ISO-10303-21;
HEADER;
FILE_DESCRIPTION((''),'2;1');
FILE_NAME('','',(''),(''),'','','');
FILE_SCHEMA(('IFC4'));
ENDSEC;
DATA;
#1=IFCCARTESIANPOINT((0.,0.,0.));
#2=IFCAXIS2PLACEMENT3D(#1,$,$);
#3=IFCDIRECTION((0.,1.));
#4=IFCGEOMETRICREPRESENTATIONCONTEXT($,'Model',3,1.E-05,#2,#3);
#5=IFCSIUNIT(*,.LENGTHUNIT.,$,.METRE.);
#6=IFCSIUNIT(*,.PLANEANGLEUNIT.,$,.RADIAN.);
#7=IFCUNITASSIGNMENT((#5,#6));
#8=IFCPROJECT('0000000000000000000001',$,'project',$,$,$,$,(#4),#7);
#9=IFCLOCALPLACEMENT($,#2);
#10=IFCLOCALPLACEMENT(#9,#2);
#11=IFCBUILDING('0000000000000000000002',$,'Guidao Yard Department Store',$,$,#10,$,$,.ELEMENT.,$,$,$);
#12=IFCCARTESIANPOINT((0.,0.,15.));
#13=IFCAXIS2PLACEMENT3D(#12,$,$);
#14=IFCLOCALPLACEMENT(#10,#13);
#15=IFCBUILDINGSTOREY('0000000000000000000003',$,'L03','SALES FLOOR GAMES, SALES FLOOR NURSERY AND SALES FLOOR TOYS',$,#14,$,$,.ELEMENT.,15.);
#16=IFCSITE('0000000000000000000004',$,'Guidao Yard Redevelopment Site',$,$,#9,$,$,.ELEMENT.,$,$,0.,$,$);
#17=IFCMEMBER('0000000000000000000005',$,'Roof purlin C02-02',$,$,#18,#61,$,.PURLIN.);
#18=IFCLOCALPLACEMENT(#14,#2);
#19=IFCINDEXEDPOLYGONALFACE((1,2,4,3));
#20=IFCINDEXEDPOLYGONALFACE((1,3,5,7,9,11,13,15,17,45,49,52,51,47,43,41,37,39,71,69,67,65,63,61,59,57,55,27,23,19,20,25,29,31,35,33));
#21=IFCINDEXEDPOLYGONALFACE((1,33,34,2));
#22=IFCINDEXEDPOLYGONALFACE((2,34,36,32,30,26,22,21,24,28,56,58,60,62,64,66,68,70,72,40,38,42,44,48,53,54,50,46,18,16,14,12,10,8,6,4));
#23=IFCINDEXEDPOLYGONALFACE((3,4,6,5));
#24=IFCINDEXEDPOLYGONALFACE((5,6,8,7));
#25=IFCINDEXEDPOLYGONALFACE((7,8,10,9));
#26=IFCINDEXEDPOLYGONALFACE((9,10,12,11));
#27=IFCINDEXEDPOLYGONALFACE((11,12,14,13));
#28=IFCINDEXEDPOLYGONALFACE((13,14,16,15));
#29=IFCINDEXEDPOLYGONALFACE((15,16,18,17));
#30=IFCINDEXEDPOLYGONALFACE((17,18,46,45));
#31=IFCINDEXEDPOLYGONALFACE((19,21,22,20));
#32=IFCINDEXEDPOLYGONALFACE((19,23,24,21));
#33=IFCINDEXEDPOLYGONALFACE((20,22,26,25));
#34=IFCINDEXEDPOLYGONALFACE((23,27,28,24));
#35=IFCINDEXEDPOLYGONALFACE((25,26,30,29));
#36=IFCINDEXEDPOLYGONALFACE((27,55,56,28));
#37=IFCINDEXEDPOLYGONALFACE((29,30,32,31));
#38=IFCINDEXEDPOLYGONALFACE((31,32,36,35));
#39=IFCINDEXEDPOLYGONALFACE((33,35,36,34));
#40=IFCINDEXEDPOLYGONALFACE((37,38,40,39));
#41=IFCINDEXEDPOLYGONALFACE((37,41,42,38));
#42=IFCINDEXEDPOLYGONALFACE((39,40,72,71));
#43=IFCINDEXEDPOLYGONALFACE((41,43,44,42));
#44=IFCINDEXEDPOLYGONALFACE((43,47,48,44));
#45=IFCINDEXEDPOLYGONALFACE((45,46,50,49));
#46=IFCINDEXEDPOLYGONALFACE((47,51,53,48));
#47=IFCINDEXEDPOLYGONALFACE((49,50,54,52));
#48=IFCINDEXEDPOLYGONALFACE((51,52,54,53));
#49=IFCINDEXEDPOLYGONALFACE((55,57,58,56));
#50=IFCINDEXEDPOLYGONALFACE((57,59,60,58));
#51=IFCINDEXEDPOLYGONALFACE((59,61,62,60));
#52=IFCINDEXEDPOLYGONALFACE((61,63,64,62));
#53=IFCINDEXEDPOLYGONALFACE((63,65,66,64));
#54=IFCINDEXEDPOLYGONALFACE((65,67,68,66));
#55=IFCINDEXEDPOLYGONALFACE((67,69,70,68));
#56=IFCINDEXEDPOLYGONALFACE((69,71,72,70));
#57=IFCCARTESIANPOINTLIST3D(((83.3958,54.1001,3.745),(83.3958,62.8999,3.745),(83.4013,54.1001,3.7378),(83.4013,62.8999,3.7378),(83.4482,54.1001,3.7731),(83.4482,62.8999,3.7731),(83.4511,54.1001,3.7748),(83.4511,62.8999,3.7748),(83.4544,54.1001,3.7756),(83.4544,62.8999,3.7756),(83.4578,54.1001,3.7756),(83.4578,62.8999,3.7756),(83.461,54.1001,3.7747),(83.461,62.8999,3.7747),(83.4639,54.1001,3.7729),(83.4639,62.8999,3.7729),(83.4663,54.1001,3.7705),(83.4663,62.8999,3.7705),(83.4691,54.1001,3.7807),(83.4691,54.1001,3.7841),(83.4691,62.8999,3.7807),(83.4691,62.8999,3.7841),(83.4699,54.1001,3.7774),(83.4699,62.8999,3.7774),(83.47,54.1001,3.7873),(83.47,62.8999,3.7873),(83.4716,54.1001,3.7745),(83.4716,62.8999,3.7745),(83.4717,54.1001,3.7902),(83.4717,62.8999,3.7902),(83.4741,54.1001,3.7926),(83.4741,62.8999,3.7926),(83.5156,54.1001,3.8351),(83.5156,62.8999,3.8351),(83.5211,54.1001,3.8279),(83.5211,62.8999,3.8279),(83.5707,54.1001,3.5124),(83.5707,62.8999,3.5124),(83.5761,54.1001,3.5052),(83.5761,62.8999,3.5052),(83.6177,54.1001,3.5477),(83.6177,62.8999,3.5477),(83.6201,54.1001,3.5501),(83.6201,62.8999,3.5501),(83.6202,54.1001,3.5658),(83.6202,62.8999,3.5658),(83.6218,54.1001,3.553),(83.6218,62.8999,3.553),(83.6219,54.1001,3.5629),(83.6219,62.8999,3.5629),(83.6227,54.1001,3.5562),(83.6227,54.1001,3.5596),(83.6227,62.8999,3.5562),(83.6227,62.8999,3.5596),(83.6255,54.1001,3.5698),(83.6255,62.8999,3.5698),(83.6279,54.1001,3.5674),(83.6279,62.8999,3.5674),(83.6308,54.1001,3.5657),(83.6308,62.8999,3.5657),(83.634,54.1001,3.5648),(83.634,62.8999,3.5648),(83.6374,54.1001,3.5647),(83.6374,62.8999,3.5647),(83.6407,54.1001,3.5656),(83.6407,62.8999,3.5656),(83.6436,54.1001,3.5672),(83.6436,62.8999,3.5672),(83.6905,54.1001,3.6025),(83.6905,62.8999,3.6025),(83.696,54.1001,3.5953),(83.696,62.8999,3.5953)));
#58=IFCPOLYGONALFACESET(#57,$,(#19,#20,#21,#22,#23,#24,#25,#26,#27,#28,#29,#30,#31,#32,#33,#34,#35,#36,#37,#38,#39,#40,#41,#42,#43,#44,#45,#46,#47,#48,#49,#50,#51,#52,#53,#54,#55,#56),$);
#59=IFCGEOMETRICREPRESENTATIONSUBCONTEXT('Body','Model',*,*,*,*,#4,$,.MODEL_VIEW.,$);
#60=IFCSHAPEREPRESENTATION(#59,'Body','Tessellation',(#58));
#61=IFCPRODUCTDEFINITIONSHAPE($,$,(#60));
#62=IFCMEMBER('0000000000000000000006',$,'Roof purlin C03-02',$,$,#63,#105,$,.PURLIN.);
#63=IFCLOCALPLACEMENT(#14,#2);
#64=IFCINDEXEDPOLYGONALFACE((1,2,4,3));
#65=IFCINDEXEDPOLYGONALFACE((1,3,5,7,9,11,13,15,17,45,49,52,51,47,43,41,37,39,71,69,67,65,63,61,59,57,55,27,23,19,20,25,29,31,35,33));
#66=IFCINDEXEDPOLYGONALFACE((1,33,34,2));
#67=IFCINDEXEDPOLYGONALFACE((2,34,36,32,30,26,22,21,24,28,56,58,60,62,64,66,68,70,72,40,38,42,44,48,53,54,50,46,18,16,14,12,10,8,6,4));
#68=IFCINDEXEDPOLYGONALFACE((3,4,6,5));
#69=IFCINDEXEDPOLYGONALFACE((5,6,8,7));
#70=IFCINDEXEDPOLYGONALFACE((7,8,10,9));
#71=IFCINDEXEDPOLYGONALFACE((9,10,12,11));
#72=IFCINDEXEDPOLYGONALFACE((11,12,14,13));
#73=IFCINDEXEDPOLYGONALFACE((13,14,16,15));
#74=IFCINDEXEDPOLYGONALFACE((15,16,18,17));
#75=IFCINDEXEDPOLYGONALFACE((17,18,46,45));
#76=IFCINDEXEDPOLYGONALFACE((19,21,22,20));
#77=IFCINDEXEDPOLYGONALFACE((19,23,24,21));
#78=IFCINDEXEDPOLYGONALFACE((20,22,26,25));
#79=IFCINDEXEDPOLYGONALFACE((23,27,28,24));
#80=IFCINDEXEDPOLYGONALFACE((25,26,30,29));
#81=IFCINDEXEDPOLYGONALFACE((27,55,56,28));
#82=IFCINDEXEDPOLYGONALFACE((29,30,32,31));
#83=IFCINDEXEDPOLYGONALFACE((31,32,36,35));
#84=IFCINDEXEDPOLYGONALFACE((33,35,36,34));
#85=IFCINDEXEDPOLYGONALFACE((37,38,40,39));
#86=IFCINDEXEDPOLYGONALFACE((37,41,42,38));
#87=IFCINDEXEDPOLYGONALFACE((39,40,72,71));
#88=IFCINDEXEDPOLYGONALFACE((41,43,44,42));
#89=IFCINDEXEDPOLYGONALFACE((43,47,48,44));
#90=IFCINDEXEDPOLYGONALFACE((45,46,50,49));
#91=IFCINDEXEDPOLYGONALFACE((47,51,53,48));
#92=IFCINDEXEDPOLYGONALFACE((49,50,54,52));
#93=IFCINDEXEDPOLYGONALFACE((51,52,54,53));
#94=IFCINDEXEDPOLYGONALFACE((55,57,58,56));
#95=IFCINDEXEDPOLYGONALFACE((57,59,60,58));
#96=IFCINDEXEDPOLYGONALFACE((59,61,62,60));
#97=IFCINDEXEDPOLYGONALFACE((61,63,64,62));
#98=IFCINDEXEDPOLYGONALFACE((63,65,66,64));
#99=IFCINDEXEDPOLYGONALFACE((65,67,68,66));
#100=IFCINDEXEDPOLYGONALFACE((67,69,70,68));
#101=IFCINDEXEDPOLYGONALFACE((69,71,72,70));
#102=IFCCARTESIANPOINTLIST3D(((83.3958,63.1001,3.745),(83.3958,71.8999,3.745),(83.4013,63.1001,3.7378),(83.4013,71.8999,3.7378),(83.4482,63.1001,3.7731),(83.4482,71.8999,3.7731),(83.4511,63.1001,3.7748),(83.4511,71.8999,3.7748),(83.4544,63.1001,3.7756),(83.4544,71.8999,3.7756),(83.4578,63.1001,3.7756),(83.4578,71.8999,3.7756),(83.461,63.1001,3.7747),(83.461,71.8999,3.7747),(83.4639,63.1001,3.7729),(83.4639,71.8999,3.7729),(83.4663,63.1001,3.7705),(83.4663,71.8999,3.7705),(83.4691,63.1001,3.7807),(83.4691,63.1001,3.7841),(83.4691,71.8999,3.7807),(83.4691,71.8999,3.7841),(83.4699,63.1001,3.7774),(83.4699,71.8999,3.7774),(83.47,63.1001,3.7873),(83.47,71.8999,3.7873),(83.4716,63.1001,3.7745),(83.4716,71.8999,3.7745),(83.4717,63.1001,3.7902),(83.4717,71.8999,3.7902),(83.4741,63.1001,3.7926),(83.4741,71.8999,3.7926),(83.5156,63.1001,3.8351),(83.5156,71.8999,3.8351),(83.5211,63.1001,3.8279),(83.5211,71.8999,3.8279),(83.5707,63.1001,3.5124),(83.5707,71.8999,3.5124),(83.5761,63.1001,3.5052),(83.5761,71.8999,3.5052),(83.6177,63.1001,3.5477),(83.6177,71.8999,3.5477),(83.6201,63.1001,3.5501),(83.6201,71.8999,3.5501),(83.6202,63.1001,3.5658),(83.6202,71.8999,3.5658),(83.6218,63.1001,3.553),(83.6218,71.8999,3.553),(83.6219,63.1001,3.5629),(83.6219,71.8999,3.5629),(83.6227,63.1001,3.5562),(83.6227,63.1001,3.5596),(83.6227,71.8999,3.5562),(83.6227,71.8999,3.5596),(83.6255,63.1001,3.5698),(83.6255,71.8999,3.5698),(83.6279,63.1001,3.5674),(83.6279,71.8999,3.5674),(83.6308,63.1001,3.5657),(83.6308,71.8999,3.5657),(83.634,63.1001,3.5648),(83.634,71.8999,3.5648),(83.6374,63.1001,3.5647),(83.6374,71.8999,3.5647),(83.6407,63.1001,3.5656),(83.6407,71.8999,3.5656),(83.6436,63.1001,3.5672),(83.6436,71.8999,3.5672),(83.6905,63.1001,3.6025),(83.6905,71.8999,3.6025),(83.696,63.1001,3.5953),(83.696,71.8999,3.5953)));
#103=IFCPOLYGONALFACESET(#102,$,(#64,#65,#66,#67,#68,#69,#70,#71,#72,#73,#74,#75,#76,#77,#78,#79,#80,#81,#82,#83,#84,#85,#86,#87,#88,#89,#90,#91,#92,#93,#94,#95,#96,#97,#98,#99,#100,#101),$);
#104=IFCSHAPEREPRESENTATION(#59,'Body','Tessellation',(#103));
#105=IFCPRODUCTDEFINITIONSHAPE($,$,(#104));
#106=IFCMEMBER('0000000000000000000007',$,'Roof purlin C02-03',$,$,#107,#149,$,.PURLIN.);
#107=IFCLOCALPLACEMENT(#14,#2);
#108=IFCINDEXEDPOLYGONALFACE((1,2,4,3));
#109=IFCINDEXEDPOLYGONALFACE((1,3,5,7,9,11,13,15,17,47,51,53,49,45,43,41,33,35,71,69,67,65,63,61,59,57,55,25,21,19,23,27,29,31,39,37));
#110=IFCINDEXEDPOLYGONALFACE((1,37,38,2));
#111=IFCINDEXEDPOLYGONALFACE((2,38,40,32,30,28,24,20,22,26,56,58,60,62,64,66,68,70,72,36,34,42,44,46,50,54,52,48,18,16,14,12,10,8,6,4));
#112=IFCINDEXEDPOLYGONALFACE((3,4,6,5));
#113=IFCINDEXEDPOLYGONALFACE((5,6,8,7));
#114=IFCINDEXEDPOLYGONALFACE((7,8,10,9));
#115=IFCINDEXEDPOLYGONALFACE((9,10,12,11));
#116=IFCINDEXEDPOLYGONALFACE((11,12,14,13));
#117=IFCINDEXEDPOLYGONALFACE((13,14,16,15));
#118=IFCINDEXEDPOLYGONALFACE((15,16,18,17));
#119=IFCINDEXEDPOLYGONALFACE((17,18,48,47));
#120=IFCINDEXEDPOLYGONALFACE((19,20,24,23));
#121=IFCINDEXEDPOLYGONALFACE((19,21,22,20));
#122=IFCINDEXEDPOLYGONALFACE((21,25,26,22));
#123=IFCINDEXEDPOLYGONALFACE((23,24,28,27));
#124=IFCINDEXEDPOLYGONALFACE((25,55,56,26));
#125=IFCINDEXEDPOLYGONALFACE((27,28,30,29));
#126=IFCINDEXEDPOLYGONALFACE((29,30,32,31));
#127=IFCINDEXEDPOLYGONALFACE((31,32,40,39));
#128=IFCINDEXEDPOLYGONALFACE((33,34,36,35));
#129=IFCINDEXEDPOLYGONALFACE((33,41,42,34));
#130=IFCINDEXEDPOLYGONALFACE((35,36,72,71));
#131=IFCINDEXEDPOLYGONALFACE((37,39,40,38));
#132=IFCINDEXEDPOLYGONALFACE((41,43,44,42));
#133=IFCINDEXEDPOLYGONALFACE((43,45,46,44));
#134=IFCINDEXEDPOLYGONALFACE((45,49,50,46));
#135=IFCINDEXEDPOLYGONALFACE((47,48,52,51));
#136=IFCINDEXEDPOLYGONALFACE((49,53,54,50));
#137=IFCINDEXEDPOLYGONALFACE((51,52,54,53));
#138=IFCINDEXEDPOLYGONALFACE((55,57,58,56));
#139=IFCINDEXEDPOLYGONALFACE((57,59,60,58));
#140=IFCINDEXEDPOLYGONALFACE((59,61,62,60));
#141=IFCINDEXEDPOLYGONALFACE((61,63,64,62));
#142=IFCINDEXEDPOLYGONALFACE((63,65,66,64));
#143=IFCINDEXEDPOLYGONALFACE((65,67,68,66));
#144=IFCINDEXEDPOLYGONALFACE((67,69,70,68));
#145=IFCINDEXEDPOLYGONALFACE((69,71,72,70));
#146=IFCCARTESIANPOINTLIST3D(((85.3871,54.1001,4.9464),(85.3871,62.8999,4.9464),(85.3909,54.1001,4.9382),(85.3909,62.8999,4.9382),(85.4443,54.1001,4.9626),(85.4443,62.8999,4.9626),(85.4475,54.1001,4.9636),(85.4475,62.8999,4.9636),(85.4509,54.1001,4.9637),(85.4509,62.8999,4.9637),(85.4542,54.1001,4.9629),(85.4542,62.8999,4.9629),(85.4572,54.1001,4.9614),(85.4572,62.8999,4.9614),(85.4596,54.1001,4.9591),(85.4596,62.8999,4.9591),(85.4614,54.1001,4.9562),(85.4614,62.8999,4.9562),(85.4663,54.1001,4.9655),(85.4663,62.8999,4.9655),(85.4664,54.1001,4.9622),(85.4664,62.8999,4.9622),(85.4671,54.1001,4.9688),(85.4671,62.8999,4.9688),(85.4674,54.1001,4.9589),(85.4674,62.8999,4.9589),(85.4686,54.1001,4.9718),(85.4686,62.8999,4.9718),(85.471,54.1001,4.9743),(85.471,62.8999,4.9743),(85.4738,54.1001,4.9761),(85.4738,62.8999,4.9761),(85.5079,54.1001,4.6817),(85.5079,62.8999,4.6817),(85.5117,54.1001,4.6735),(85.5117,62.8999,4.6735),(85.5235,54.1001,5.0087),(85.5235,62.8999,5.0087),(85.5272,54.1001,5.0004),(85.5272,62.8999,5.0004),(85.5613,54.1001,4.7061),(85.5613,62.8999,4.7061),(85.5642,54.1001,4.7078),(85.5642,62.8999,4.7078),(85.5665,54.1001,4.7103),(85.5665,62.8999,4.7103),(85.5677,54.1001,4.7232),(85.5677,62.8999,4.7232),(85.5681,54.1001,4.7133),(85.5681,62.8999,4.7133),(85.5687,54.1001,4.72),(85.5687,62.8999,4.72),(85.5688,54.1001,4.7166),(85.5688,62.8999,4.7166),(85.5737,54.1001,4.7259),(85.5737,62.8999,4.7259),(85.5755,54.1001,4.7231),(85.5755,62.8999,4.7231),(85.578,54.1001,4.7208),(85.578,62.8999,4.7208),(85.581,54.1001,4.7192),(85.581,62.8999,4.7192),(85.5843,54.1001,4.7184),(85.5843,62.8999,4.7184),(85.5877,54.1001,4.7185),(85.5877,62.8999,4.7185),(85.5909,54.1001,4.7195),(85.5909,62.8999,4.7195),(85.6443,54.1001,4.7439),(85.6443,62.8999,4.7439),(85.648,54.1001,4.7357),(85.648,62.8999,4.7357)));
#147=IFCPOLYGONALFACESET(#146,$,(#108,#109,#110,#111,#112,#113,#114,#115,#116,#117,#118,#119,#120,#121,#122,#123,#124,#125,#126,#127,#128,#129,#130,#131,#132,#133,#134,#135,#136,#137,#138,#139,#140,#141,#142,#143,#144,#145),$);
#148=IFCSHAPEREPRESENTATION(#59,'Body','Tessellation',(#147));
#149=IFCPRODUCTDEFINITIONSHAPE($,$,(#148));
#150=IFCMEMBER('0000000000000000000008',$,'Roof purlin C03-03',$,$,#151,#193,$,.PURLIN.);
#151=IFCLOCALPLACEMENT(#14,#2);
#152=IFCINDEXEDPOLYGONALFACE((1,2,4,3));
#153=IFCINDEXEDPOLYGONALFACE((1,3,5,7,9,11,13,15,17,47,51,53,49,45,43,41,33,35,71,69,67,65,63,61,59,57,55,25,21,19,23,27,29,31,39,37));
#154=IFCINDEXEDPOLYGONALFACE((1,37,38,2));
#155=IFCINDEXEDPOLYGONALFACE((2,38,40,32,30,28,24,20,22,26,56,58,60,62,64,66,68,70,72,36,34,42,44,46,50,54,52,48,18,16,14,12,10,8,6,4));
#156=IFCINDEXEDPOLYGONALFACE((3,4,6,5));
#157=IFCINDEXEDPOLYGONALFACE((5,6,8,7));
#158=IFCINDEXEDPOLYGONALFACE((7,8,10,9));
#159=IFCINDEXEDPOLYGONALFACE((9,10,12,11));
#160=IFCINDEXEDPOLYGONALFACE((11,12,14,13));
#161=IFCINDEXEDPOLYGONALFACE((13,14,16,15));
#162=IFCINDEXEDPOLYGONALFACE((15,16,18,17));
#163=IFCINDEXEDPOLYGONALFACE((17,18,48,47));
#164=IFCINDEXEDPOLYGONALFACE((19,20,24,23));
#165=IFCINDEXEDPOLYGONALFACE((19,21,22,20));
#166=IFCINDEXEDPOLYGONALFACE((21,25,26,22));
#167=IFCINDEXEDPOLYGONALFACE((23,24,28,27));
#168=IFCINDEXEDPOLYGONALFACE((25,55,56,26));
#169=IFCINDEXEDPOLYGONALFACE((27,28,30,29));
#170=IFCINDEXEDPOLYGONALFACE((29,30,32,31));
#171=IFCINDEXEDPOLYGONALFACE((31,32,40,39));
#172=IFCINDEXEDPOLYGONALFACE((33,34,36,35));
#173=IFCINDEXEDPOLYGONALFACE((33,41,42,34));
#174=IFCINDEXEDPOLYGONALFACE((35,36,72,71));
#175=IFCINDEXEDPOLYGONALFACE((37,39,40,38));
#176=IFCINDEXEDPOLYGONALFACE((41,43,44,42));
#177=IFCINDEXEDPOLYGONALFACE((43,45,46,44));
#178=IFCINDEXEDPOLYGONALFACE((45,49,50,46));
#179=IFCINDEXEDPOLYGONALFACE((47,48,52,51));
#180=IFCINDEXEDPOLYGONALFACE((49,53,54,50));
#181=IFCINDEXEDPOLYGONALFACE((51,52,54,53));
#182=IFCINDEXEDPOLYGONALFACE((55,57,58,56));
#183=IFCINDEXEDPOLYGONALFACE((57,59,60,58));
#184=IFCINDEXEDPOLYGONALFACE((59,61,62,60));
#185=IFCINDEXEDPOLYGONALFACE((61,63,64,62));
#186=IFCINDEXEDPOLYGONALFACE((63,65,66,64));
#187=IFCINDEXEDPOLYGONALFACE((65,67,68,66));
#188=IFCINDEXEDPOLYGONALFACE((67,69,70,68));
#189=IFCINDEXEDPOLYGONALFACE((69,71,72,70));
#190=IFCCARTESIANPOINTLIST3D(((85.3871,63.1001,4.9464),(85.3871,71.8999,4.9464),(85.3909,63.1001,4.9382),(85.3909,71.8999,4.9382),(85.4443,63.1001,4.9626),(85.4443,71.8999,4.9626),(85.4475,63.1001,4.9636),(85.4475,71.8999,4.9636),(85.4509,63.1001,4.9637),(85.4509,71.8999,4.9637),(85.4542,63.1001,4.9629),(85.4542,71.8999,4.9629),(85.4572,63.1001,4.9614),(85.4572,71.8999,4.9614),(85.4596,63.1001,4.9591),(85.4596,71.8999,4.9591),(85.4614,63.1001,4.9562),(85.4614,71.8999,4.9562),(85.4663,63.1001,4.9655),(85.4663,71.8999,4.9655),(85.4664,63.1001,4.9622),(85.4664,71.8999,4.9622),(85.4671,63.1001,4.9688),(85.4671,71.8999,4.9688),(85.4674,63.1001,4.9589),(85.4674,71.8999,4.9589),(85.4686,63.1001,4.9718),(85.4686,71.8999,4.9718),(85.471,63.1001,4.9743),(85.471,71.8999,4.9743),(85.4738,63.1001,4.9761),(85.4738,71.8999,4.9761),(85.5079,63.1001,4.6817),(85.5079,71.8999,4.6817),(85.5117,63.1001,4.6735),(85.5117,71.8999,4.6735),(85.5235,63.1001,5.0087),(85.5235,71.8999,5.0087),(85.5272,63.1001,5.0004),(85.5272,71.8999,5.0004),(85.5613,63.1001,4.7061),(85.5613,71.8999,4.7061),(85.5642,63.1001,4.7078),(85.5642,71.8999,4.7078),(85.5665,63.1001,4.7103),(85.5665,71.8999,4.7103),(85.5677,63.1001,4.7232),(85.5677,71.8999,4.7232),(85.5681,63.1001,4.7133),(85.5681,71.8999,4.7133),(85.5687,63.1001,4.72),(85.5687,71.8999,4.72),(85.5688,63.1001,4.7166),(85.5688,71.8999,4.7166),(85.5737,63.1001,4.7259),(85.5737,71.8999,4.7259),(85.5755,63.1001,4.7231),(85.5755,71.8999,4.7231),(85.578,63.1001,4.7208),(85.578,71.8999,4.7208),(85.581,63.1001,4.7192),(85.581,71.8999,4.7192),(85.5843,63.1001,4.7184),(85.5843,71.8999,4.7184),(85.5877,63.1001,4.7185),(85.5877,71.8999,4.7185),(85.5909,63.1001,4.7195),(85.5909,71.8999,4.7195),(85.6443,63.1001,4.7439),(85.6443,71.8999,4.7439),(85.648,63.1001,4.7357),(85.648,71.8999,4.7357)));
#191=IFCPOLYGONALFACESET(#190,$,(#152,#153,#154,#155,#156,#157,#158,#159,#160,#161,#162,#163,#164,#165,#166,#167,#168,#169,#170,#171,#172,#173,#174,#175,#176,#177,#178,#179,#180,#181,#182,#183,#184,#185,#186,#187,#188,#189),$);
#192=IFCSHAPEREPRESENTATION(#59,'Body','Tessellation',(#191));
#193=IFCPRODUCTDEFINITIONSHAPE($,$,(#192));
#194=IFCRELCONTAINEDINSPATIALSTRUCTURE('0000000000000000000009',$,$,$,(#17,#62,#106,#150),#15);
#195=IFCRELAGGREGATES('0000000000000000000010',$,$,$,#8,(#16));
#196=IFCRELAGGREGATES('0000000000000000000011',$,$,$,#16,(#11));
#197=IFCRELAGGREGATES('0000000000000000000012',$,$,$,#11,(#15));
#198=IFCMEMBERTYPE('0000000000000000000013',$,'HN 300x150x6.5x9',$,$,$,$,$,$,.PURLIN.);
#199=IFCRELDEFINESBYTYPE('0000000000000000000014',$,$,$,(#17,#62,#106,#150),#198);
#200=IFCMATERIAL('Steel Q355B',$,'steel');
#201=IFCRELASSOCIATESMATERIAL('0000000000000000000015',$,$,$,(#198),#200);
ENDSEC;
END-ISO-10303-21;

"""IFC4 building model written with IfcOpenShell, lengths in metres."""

from ifc_helpers import new_model, si_unit, direction, frame, origin, origin_2d, place, context, subcontext, project, spatial, i_section, extrude, material, material_profile, profile_set, type_object, element, save


model = new_model("IFC4")

# Units and contexts
model_context = context("Model", 3, precision=1e-05, world=origin(), true_north=direction((0.0, 1.0)))
body_context = subcontext(model_context, "Body", "Model", "MODEL_VIEW")
ifc_project = project(units=[si_unit("LENGTHUNIT", "METRE"), si_unit("PLANEANGLEUNIT", "RADIAN")], contexts=[model_context])

# Site, building, storey
site_placement = place(None, origin())
site = spatial("IfcSite", under=ifc_project, at=site_placement, Name="Guidao Yard Redevelopment Site", CompositionType="ELEMENT", RefElevation=0.0)
building_placement = place(site_placement, origin())
building = spatial("IfcBuilding", under=site, at=building_placement, Name="Guidao Yard Department Store", CompositionType="ELEMENT")
storey_placement = place(building_placement, frame((0.0, 0.0, 15.0)))
storey = spatial("IfcBuildingStorey", under=building, at=storey_placement, Name="L03", Description="SALES FLOOR GAMES, SALES FLOOR NURSERY AND SALES FLOOR TOYS", CompositionType="ELEMENT", Elevation=15.0)

# Members
ifc_material_1 = material(Name="Steel Q355B", Category="steel")
ifc_material_profile_1 = material_profile(ifc_material_1, i_section(OverallWidth=0.1499, OverallDepth=0.3, WebThickness=0.0066, FlangeThickness=0.009, FilletRadius=0.0129, at=origin_2d()), Name="HN 300x150x6.5x9")
ifc_profile_set_1 = profile_set([ifc_material_profile_1], Name="Steel Q355B")
member_type_1 = type_object("IfcMemberType", Name="HN 300x150x6.5x9", PredefinedType="PURLIN", material=ifc_profile_set_1)
for number, where, z_axis, x_axis, name in (
    (1, (83.5459, 54.1001, 3.6702), (0.0, 1.0, 0.0), (-0.799284, 0.0, -0.600954), "Roof purlin C02-02"),
    (2, (83.5459, 63.1001, 3.6702), (0.0, 1.0, 0.0), (-0.799284, 0.0, -0.600954), "Roof purlin C03-02"),
    (3, (85.5176, 54.1001, 4.8411), (0.0, 1.0, 0.0), (-0.909751, 0.0, -0.415155), "Roof purlin C02-03"),
    (4, (85.5176, 63.1001, 4.8411), (0.0, 1.0, 0.0), (-0.909751, 0.0, -0.415155), "Roof purlin C03-03"),
):
    element("IfcMember", number, at=place(storey_placement, frame(where, z_axis=z_axis, x_axis=x_axis)), inside=storey, type_object=member_type_1, Name=name, PredefinedType="PURLIN", context=body_context, shape_type="SweptSolid", body=[
        extrude(i_section(OverallWidth=0.1499, OverallDepth=0.3, WebThickness=0.0066, FlangeThickness=0.009, FilletRadius=0.0129, at=origin_2d()), origin(), (0.0, 0.0, 1.0), 8.7998),
    ])

save(model, "model.ifc")
